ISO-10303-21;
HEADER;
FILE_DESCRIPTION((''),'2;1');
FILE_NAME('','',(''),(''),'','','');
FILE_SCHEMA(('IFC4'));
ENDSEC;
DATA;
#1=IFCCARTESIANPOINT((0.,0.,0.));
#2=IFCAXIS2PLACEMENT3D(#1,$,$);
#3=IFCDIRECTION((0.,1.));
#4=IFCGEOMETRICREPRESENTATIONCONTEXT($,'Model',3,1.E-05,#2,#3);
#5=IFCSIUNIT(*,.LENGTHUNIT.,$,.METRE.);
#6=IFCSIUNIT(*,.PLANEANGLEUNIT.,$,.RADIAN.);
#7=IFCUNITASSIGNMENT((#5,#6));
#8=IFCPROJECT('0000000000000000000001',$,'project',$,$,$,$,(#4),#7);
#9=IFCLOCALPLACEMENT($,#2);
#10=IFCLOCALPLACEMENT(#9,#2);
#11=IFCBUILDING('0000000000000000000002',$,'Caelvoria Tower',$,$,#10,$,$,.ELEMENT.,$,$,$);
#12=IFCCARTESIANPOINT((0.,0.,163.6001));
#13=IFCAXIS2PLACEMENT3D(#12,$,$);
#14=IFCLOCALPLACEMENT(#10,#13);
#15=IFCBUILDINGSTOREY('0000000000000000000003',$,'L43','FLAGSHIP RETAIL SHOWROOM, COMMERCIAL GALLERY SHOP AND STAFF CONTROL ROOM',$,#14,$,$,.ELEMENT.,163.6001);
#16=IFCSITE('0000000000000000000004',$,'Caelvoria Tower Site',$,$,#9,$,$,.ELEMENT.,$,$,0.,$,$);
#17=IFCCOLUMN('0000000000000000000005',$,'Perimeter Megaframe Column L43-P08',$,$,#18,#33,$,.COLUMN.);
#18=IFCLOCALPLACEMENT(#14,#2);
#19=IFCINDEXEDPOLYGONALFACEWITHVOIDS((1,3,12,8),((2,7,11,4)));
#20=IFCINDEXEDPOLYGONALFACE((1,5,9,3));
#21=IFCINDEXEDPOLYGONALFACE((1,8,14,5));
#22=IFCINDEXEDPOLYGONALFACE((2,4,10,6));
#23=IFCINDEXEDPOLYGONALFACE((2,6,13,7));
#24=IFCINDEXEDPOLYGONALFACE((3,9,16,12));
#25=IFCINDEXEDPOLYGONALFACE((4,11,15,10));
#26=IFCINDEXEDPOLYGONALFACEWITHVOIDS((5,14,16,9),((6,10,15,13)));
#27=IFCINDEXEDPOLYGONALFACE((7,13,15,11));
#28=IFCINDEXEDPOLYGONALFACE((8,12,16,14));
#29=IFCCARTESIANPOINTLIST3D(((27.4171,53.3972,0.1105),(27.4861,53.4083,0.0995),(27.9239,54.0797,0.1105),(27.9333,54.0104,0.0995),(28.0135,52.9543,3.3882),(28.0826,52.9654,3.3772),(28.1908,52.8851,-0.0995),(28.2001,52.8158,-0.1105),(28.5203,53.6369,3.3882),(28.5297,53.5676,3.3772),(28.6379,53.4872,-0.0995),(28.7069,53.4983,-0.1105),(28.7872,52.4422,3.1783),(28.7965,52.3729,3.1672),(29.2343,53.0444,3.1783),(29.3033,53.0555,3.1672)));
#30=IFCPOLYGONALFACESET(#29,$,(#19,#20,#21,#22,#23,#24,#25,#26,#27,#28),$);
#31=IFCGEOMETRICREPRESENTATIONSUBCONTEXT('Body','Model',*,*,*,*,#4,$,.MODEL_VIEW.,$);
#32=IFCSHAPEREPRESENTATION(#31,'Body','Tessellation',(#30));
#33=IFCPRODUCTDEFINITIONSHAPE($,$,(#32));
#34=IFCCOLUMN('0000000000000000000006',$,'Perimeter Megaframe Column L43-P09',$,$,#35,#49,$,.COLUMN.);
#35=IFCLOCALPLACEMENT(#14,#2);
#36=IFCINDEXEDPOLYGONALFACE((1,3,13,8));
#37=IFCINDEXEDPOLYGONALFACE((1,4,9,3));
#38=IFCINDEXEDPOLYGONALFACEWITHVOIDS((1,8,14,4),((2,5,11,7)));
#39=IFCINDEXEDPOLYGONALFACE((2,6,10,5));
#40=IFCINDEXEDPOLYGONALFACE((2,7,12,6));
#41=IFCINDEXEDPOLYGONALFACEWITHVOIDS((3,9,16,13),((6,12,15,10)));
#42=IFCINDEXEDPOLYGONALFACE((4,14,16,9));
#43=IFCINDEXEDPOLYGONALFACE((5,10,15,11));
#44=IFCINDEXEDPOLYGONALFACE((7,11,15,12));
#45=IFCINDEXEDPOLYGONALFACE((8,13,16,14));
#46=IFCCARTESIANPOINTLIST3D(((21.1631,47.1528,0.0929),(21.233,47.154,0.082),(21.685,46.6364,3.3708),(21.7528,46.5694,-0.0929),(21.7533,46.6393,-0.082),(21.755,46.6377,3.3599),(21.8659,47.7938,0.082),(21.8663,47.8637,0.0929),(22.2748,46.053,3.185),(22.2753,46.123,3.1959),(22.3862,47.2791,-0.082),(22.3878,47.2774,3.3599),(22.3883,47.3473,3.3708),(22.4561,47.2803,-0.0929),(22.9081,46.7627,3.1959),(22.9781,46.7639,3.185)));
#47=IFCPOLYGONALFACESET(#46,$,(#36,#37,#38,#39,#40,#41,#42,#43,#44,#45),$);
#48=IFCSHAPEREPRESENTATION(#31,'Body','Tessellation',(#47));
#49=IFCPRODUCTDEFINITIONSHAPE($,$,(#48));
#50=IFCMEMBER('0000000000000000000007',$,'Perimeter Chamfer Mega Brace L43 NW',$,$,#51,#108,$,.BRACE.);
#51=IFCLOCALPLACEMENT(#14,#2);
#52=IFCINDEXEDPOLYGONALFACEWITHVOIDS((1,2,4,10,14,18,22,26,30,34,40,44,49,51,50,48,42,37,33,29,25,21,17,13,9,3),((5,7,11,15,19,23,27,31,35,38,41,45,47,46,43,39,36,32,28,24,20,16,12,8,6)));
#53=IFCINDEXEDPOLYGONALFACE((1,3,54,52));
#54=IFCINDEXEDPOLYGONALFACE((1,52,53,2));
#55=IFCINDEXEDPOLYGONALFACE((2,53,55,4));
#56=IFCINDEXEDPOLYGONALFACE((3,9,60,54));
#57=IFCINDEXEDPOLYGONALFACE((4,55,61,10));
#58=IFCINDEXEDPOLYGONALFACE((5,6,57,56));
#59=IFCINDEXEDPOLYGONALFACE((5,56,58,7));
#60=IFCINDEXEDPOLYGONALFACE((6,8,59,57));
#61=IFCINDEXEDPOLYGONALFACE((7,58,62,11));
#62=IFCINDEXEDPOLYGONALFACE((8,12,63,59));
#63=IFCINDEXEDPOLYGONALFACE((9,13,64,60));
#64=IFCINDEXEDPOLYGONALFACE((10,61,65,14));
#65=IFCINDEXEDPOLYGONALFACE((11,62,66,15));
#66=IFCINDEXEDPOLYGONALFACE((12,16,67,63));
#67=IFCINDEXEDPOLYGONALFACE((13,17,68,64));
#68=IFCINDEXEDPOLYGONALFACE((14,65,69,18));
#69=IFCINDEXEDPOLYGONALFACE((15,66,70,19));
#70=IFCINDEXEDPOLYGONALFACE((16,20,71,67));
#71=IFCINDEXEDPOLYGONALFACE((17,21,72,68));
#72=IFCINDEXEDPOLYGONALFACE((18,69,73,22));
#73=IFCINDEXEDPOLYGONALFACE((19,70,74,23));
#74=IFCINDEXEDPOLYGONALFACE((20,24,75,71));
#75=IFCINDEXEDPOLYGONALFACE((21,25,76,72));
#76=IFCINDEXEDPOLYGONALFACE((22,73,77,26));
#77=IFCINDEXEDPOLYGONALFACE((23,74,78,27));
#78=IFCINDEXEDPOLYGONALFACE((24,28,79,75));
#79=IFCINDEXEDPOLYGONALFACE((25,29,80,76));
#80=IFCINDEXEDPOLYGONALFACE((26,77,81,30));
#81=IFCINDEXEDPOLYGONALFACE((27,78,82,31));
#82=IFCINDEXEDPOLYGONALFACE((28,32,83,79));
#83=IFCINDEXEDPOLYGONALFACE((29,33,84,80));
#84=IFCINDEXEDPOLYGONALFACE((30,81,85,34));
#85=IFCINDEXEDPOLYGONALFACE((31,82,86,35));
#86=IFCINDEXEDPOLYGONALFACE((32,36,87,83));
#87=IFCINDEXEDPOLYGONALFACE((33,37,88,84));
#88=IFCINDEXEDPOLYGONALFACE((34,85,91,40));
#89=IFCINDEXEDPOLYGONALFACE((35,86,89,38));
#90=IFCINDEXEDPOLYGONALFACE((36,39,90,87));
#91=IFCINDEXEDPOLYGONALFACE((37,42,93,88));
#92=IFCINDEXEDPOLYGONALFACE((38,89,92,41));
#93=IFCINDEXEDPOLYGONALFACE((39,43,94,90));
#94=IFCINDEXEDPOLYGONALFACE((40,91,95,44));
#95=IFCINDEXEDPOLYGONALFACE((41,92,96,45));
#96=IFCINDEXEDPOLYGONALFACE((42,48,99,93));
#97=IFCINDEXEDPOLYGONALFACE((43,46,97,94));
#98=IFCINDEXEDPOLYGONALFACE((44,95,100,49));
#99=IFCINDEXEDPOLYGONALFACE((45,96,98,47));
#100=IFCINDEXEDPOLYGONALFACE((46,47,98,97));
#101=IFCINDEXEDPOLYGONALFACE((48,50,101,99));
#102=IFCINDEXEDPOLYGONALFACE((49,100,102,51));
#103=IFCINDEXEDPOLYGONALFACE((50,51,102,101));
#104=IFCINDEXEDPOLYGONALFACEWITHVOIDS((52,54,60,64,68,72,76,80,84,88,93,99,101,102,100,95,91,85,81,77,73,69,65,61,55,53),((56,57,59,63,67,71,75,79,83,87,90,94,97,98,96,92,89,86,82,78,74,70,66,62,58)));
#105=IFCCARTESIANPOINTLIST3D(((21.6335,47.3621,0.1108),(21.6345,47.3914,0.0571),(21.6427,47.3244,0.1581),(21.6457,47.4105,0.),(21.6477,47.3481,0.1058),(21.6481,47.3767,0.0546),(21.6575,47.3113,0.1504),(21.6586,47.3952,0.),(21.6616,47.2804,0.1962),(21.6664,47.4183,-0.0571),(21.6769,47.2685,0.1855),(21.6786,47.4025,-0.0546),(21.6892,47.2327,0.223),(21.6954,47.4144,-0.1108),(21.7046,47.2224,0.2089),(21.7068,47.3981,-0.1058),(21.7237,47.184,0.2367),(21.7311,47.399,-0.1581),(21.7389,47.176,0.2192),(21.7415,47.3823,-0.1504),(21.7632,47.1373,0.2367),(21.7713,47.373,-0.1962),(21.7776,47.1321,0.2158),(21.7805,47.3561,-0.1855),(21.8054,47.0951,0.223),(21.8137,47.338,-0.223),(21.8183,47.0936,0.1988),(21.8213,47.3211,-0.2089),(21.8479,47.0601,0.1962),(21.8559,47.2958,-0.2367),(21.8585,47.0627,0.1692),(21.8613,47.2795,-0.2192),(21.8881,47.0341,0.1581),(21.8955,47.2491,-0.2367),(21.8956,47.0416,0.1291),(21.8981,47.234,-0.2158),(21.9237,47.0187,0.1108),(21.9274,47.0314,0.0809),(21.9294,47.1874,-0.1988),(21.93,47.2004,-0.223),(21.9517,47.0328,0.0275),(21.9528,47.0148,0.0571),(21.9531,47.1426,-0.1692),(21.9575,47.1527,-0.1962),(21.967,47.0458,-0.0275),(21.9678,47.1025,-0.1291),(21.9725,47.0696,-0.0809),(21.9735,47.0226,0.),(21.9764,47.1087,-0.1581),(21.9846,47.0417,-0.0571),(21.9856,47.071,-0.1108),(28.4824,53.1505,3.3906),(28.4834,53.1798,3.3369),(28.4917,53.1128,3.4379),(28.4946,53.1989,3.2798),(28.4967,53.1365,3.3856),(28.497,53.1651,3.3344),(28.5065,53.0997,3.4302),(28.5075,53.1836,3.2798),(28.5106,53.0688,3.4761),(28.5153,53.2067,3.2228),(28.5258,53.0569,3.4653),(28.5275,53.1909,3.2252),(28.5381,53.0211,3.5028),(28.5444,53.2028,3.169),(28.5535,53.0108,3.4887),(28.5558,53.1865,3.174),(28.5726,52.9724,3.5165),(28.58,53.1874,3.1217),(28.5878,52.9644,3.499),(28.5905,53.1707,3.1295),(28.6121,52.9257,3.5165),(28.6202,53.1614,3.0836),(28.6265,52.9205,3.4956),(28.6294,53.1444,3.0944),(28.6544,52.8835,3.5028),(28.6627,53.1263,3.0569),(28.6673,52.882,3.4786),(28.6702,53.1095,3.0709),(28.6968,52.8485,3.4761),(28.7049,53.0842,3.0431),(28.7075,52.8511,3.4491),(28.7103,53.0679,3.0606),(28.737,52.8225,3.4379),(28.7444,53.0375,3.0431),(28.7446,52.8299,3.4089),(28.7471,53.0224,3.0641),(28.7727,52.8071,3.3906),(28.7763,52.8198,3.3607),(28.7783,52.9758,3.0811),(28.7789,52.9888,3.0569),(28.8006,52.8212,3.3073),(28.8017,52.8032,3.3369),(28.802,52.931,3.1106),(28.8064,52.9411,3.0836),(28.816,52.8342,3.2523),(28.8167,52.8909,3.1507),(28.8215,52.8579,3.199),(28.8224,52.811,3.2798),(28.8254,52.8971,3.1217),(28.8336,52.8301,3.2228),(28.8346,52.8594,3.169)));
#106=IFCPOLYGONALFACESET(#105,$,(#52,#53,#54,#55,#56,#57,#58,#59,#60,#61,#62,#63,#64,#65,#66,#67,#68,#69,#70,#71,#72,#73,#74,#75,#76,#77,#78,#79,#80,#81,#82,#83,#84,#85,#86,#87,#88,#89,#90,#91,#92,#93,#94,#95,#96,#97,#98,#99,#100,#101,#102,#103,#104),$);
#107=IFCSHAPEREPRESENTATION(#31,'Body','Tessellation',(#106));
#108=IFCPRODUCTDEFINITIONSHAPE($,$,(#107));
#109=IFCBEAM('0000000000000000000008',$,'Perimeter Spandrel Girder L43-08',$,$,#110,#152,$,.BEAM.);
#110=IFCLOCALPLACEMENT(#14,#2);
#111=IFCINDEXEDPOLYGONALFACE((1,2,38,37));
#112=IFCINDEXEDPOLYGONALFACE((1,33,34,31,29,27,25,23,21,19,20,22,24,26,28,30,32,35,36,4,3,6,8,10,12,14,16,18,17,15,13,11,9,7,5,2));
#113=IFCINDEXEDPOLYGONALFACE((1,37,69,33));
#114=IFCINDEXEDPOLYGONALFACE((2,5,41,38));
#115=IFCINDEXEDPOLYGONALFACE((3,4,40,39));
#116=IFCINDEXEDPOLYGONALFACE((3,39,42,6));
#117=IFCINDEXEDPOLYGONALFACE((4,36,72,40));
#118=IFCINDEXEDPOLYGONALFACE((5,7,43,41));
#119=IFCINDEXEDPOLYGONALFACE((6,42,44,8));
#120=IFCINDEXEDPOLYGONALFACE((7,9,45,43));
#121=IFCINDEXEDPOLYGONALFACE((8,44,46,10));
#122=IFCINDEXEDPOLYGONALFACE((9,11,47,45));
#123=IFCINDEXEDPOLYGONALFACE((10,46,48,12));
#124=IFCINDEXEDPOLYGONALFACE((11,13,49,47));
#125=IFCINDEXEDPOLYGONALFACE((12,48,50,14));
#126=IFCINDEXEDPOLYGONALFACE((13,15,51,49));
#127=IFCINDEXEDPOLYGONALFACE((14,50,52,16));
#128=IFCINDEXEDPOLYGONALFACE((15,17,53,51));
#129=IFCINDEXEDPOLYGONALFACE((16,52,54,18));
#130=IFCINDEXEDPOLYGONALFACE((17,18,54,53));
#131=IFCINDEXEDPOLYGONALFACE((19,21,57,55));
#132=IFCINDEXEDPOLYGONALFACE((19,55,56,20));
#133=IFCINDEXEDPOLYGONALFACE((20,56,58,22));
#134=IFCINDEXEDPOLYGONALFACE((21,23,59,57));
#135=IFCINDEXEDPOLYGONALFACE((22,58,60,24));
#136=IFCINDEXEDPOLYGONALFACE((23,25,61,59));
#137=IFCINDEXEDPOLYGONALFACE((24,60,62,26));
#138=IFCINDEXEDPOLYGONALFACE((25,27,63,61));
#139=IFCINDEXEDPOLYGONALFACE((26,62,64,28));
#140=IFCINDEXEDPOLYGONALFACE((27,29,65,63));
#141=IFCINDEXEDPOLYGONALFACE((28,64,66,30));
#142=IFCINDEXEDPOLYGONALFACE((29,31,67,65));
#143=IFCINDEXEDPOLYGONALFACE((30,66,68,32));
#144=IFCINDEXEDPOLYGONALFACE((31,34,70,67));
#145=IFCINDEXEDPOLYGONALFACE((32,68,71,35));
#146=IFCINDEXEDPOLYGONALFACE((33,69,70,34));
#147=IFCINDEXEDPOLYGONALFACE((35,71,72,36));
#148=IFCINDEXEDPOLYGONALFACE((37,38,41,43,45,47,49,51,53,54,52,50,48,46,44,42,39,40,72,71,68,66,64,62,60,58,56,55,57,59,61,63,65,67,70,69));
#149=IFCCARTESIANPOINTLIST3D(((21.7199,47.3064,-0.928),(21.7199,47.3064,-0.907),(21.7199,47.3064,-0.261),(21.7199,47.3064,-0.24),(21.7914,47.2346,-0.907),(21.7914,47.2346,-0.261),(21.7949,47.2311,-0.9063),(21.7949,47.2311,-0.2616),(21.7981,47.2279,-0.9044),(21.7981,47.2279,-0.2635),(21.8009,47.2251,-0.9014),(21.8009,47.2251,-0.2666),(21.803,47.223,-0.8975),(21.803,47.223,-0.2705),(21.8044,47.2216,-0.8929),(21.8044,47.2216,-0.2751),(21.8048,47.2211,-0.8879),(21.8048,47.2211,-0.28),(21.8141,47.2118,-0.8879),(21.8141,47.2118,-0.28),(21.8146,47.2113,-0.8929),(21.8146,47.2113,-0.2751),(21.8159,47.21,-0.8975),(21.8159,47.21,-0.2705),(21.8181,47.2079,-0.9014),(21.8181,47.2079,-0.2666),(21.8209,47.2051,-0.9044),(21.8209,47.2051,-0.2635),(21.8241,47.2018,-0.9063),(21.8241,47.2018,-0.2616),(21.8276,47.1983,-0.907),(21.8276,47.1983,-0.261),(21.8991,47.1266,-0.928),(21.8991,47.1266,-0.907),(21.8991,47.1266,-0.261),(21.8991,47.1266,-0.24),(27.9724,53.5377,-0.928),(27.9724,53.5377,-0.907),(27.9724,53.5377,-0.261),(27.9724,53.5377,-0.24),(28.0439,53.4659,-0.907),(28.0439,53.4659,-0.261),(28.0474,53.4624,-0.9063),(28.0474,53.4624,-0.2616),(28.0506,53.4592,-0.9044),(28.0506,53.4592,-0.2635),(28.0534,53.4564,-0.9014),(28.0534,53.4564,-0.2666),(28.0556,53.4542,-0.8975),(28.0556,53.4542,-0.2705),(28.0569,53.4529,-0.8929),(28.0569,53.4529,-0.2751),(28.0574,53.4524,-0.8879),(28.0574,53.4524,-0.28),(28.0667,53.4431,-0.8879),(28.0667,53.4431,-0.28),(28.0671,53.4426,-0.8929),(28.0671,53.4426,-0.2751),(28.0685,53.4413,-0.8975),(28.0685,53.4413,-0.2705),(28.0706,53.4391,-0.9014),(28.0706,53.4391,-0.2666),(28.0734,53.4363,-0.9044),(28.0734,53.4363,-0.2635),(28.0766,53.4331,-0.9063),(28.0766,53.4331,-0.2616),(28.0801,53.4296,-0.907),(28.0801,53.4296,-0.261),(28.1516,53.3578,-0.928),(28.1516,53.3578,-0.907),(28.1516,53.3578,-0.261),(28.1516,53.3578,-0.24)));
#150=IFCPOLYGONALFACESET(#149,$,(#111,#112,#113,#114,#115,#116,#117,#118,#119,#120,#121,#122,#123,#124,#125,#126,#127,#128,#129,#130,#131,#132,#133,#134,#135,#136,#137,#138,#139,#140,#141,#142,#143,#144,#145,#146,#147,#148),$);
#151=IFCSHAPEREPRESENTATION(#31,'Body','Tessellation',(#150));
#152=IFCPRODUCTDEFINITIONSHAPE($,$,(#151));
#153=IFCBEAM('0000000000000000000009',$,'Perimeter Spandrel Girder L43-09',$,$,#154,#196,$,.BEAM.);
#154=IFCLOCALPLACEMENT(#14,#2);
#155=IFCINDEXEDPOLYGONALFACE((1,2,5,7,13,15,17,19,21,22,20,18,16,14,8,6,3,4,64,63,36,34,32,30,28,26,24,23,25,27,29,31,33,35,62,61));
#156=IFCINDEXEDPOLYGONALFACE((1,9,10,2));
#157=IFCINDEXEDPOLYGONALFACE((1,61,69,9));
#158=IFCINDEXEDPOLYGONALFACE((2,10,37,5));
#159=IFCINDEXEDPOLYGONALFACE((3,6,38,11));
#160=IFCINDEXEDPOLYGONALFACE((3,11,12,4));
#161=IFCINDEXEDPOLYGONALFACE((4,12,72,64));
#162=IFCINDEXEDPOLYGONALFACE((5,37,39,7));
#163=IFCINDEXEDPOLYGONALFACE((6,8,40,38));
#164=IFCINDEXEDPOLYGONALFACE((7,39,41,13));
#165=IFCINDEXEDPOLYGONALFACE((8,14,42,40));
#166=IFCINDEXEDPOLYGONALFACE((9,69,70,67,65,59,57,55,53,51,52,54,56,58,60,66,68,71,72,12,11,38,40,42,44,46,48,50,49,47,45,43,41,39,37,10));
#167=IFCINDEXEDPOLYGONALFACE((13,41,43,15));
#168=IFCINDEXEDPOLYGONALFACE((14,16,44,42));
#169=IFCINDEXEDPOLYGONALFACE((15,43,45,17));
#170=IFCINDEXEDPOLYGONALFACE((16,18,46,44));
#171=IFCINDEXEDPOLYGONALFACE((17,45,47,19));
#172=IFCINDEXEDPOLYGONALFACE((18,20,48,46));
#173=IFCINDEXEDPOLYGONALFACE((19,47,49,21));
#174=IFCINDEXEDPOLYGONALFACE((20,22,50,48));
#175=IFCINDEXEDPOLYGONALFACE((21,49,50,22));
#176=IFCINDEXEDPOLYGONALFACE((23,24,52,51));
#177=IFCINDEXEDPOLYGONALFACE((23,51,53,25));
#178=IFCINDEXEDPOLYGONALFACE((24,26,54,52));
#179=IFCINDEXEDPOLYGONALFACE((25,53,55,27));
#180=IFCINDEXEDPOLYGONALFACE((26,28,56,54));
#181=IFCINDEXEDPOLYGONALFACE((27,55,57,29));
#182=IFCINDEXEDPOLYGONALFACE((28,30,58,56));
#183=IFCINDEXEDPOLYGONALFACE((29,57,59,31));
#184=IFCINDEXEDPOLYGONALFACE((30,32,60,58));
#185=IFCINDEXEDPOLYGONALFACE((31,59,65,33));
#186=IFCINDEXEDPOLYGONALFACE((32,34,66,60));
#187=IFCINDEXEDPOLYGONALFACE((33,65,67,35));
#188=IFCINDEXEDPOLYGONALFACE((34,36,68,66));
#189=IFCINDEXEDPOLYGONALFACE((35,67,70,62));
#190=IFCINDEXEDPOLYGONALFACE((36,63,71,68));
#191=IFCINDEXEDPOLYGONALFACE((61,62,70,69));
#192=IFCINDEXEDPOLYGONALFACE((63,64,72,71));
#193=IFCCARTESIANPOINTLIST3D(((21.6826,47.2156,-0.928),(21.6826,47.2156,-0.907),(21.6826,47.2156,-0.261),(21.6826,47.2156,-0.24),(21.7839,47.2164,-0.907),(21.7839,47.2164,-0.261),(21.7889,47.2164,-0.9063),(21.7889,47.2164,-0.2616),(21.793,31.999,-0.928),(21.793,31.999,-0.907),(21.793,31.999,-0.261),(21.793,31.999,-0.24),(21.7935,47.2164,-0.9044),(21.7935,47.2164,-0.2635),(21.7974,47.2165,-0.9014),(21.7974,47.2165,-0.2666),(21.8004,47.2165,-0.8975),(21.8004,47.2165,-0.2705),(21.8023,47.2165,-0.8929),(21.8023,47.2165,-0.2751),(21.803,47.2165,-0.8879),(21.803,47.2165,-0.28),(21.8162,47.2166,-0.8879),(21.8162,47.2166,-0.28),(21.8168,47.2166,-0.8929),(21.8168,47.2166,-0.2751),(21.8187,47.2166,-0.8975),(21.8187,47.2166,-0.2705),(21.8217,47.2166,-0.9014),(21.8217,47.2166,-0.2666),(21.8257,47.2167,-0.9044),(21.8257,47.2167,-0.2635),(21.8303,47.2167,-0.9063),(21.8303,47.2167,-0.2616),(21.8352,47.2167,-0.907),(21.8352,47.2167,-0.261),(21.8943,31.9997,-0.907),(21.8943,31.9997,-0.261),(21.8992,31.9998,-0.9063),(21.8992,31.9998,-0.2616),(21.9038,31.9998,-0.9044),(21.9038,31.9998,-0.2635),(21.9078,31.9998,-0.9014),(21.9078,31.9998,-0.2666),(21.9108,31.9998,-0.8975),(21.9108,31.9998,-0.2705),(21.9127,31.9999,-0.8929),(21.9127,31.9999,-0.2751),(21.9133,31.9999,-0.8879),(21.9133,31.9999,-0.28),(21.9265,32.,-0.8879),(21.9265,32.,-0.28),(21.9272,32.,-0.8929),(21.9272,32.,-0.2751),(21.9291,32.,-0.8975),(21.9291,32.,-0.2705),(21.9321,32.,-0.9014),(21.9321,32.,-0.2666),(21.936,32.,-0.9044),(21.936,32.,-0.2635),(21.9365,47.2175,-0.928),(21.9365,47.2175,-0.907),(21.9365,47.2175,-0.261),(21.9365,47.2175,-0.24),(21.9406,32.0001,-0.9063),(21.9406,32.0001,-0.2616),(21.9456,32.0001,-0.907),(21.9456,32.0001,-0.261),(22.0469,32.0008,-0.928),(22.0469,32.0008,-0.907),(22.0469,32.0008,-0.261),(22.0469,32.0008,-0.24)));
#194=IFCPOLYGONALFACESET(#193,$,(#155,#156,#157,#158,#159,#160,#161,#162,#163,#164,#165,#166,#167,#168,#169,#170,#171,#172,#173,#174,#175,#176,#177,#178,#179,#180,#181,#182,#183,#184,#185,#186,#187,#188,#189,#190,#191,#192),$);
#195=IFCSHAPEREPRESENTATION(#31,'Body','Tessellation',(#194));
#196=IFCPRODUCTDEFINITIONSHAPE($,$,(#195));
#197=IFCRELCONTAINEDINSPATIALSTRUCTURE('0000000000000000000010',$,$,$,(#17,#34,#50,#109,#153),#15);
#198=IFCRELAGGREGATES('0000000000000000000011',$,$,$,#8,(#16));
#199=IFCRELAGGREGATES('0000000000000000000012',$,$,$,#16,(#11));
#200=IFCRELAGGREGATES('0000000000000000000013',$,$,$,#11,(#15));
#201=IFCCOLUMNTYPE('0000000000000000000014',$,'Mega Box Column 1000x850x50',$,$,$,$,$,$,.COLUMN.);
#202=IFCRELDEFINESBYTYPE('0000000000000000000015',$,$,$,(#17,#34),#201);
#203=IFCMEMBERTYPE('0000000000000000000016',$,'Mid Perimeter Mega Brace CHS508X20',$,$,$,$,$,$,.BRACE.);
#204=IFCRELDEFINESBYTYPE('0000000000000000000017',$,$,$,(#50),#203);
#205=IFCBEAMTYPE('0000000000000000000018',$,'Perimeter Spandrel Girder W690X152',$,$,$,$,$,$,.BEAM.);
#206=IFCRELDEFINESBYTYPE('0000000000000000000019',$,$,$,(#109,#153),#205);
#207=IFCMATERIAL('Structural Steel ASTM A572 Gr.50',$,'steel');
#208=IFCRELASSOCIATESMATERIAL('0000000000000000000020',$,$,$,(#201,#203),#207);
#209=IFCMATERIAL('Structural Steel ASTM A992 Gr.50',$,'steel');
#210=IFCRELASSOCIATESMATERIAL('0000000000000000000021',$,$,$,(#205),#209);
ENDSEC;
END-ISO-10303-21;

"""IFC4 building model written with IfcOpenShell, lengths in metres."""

from ifc_helpers import new_model, si_unit, direction, frame, origin, origin_2d, place, context, subcontext, project, spatial, hollow_rectangle, hollow_circle, i_section, extrude, material, material_profile, profile_set, type_object, element, save


model = new_model("IFC4")

# Units and contexts
model_context = context("Model", 3, precision=1e-05, world=origin(), true_north=direction((0.0, 1.0)))
body_context = subcontext(model_context, "Body", "Model", "MODEL_VIEW")
ifc_project = project(units=[si_unit("LENGTHUNIT", "METRE"), si_unit("PLANEANGLEUNIT", "RADIAN")], contexts=[model_context])

# Site, building, storey
site_placement = place(None, origin())
site = spatial("IfcSite", under=ifc_project, at=site_placement, Name="Caelvoria Tower Site", CompositionType="ELEMENT", RefElevation=0.0)
building_placement = place(site_placement, origin())
building = spatial("IfcBuilding", under=site, at=building_placement, Name="Caelvoria Tower", CompositionType="ELEMENT")
storey_placement = place(building_placement, frame((0.0, 0.0, 163.6001)))
storey = spatial("IfcBuildingStorey", under=building, at=storey_placement, Name="L43", Description="FLAGSHIP RETAIL SHOWROOM, COMMERCIAL GALLERY SHOP AND STAFF CONTROL ROOM", CompositionType="ELEMENT", Elevation=163.6001)

# Columns
ifc_material_1 = material(Name="Structural Steel ASTM A572 Gr.50", Category="steel")
ifc_material_profile_1 = material_profile(ifc_material_1, hollow_rectangle(XDim=0.8501, YDim=1.0, WallThickness=0.05, at=origin_2d()), Name="Structural Steel ASTM A572 Gr.50")
ifc_profile_set_1 = profile_set([ifc_material_profile_1], Name="BOX1000X850X50 - Structural Steel ASTM A572 Gr.50")
column_type = type_object("IfcColumnType", Name="Mega Box Column 1000x850x50", PredefinedType="COLUMN", material=ifc_profile_set_1)
column_1_placement = place(storey_placement, frame((28.062, 53.4478, 0.0), z_axis=(0.17746, -0.131769, 0.975267), x_axis=(0.596155, 0.80287, 0.0)))
element("IfcColumn", 1, at=column_1_placement, inside=storey, type_object=column_type, Name="Perimeter Megaframe Column L43-P08", PredefinedType="COLUMN", context=body_context, shape_type="SweptSolid", body=[
    extrude(hollow_rectangle(XDim=0.8501, YDim=1.0, WallThickness=0.05, at=origin_2d()), origin(), (0.0, 0.0, 1.0), 3.3608),
])
column_2_placement = place(storey_placement, frame((21.8096, 47.2166, 0.0), z_axis=(0.155393, -0.153721, 0.975819), x_axis=(-0.69373, 0.686267, 0.218579)))
element("IfcColumn", 2, at=column_2_placement, inside=storey, type_object=column_type, Name="Perimeter Megaframe Column L43-P09", PredefinedType="COLUMN", context=body_context, shape_type="SweptSolid", body=[
    extrude(hollow_rectangle(XDim=0.8501, YDim=1.0, WallThickness=0.05, at=origin_2d()), origin(), (0.0, 0.0, 1.0), 3.3591),
])

# Member
ifc_material_profile_2 = material_profile(ifc_material_1, hollow_circle(Radius=0.2539, WallThickness=0.02, at=origin_2d()), Name="Structural Steel ASTM A572 Gr.50")
ifc_profile_set_2 = profile_set([ifc_material_profile_2], Name="CHS508X20 - Structural Steel ASTM A572 Gr.50")
member_type = type_object("IfcMemberType", Name="Mid Perimeter Mega Brace CHS508X20", PredefinedType="BRACE", material=ifc_profile_set_2)
member_placement = place(storey_placement, frame((21.8096, 47.2166, 0.0), z_axis=(0.717292, 0.60622, 0.343496), x_axis=(-0.645495, 0.763764, 0.0)))
element("IfcMember", 3, at=member_placement, inside=storey, type_object=member_type, Name="Perimeter Chamfer Mega Brace L43 NW", PredefinedType="BRACE", context=body_context, shape_type="SweptSolid", body=[
    extrude(hollow_circle(Radius=0.2539, WallThickness=0.02, at=origin_2d()), origin(), (0.0, 0.0, 1.0), 9.5483),
])

# Beams
ifc_material_2 = material(Name="Structural Steel ASTM A992 Gr.50", Category="steel")
ifc_material_profile_3 = material_profile(ifc_material_2, i_section(OverallWidth=0.2539, OverallDepth=0.688, WebThickness=0.0132, FlangeThickness=0.021, FilletRadius=0.019, at=origin_2d()), Name="Structural Steel ASTM A992 Gr.50")
ifc_profile_set_3 = profile_set([ifc_material_profile_3], Name="W690X152 - Structural Steel ASTM A992 Gr.50")
beam_type_1 = type_object("IfcBeamType", Name="Perimeter Spandrel Girder W690X152", PredefinedType="BEAM", material=ifc_profile_set_3)
beam_1_placement = place(storey_placement, frame((28.062, 53.4478, -0.584), z_axis=(-0.708309, -0.705903, 0.0), x_axis=(0.705903, -0.708309, 0.0)))
element("IfcBeam", 4, at=beam_1_placement, inside=storey, type_object=beam_type_1, Name="Perimeter Spandrel Girder L43-08", PredefinedType="BEAM", context=body_context, shape_type="SweptSolid", body=[
    extrude(i_section(OverallWidth=0.2539, OverallDepth=0.688, WebThickness=0.0132, FlangeThickness=0.021, FilletRadius=0.019, at=origin_2d()), origin(), (0.0, 0.0, 1.0), 8.8274),
])
beam_2_placement = place(storey_placement, frame((21.8096, 47.2166, -0.584), z_axis=(0.007252, -0.999974, 0.0), x_axis=(0.999974, 0.007252, 0.0)))
element("IfcBeam", 5, at=beam_2_placement, inside=storey, type_object=beam_type_1, Name="Perimeter Spandrel Girder L43-09", PredefinedType="BEAM", context=body_context, shape_type="SweptSolid", body=[
    extrude(i_section(OverallWidth=0.2539, OverallDepth=0.688, WebThickness=0.0132, FlangeThickness=0.021, FilletRadius=0.019, at=origin_2d()), origin(), (0.0, 0.0, 1.0), 15.217),
])

save(model, "model.ifc")
